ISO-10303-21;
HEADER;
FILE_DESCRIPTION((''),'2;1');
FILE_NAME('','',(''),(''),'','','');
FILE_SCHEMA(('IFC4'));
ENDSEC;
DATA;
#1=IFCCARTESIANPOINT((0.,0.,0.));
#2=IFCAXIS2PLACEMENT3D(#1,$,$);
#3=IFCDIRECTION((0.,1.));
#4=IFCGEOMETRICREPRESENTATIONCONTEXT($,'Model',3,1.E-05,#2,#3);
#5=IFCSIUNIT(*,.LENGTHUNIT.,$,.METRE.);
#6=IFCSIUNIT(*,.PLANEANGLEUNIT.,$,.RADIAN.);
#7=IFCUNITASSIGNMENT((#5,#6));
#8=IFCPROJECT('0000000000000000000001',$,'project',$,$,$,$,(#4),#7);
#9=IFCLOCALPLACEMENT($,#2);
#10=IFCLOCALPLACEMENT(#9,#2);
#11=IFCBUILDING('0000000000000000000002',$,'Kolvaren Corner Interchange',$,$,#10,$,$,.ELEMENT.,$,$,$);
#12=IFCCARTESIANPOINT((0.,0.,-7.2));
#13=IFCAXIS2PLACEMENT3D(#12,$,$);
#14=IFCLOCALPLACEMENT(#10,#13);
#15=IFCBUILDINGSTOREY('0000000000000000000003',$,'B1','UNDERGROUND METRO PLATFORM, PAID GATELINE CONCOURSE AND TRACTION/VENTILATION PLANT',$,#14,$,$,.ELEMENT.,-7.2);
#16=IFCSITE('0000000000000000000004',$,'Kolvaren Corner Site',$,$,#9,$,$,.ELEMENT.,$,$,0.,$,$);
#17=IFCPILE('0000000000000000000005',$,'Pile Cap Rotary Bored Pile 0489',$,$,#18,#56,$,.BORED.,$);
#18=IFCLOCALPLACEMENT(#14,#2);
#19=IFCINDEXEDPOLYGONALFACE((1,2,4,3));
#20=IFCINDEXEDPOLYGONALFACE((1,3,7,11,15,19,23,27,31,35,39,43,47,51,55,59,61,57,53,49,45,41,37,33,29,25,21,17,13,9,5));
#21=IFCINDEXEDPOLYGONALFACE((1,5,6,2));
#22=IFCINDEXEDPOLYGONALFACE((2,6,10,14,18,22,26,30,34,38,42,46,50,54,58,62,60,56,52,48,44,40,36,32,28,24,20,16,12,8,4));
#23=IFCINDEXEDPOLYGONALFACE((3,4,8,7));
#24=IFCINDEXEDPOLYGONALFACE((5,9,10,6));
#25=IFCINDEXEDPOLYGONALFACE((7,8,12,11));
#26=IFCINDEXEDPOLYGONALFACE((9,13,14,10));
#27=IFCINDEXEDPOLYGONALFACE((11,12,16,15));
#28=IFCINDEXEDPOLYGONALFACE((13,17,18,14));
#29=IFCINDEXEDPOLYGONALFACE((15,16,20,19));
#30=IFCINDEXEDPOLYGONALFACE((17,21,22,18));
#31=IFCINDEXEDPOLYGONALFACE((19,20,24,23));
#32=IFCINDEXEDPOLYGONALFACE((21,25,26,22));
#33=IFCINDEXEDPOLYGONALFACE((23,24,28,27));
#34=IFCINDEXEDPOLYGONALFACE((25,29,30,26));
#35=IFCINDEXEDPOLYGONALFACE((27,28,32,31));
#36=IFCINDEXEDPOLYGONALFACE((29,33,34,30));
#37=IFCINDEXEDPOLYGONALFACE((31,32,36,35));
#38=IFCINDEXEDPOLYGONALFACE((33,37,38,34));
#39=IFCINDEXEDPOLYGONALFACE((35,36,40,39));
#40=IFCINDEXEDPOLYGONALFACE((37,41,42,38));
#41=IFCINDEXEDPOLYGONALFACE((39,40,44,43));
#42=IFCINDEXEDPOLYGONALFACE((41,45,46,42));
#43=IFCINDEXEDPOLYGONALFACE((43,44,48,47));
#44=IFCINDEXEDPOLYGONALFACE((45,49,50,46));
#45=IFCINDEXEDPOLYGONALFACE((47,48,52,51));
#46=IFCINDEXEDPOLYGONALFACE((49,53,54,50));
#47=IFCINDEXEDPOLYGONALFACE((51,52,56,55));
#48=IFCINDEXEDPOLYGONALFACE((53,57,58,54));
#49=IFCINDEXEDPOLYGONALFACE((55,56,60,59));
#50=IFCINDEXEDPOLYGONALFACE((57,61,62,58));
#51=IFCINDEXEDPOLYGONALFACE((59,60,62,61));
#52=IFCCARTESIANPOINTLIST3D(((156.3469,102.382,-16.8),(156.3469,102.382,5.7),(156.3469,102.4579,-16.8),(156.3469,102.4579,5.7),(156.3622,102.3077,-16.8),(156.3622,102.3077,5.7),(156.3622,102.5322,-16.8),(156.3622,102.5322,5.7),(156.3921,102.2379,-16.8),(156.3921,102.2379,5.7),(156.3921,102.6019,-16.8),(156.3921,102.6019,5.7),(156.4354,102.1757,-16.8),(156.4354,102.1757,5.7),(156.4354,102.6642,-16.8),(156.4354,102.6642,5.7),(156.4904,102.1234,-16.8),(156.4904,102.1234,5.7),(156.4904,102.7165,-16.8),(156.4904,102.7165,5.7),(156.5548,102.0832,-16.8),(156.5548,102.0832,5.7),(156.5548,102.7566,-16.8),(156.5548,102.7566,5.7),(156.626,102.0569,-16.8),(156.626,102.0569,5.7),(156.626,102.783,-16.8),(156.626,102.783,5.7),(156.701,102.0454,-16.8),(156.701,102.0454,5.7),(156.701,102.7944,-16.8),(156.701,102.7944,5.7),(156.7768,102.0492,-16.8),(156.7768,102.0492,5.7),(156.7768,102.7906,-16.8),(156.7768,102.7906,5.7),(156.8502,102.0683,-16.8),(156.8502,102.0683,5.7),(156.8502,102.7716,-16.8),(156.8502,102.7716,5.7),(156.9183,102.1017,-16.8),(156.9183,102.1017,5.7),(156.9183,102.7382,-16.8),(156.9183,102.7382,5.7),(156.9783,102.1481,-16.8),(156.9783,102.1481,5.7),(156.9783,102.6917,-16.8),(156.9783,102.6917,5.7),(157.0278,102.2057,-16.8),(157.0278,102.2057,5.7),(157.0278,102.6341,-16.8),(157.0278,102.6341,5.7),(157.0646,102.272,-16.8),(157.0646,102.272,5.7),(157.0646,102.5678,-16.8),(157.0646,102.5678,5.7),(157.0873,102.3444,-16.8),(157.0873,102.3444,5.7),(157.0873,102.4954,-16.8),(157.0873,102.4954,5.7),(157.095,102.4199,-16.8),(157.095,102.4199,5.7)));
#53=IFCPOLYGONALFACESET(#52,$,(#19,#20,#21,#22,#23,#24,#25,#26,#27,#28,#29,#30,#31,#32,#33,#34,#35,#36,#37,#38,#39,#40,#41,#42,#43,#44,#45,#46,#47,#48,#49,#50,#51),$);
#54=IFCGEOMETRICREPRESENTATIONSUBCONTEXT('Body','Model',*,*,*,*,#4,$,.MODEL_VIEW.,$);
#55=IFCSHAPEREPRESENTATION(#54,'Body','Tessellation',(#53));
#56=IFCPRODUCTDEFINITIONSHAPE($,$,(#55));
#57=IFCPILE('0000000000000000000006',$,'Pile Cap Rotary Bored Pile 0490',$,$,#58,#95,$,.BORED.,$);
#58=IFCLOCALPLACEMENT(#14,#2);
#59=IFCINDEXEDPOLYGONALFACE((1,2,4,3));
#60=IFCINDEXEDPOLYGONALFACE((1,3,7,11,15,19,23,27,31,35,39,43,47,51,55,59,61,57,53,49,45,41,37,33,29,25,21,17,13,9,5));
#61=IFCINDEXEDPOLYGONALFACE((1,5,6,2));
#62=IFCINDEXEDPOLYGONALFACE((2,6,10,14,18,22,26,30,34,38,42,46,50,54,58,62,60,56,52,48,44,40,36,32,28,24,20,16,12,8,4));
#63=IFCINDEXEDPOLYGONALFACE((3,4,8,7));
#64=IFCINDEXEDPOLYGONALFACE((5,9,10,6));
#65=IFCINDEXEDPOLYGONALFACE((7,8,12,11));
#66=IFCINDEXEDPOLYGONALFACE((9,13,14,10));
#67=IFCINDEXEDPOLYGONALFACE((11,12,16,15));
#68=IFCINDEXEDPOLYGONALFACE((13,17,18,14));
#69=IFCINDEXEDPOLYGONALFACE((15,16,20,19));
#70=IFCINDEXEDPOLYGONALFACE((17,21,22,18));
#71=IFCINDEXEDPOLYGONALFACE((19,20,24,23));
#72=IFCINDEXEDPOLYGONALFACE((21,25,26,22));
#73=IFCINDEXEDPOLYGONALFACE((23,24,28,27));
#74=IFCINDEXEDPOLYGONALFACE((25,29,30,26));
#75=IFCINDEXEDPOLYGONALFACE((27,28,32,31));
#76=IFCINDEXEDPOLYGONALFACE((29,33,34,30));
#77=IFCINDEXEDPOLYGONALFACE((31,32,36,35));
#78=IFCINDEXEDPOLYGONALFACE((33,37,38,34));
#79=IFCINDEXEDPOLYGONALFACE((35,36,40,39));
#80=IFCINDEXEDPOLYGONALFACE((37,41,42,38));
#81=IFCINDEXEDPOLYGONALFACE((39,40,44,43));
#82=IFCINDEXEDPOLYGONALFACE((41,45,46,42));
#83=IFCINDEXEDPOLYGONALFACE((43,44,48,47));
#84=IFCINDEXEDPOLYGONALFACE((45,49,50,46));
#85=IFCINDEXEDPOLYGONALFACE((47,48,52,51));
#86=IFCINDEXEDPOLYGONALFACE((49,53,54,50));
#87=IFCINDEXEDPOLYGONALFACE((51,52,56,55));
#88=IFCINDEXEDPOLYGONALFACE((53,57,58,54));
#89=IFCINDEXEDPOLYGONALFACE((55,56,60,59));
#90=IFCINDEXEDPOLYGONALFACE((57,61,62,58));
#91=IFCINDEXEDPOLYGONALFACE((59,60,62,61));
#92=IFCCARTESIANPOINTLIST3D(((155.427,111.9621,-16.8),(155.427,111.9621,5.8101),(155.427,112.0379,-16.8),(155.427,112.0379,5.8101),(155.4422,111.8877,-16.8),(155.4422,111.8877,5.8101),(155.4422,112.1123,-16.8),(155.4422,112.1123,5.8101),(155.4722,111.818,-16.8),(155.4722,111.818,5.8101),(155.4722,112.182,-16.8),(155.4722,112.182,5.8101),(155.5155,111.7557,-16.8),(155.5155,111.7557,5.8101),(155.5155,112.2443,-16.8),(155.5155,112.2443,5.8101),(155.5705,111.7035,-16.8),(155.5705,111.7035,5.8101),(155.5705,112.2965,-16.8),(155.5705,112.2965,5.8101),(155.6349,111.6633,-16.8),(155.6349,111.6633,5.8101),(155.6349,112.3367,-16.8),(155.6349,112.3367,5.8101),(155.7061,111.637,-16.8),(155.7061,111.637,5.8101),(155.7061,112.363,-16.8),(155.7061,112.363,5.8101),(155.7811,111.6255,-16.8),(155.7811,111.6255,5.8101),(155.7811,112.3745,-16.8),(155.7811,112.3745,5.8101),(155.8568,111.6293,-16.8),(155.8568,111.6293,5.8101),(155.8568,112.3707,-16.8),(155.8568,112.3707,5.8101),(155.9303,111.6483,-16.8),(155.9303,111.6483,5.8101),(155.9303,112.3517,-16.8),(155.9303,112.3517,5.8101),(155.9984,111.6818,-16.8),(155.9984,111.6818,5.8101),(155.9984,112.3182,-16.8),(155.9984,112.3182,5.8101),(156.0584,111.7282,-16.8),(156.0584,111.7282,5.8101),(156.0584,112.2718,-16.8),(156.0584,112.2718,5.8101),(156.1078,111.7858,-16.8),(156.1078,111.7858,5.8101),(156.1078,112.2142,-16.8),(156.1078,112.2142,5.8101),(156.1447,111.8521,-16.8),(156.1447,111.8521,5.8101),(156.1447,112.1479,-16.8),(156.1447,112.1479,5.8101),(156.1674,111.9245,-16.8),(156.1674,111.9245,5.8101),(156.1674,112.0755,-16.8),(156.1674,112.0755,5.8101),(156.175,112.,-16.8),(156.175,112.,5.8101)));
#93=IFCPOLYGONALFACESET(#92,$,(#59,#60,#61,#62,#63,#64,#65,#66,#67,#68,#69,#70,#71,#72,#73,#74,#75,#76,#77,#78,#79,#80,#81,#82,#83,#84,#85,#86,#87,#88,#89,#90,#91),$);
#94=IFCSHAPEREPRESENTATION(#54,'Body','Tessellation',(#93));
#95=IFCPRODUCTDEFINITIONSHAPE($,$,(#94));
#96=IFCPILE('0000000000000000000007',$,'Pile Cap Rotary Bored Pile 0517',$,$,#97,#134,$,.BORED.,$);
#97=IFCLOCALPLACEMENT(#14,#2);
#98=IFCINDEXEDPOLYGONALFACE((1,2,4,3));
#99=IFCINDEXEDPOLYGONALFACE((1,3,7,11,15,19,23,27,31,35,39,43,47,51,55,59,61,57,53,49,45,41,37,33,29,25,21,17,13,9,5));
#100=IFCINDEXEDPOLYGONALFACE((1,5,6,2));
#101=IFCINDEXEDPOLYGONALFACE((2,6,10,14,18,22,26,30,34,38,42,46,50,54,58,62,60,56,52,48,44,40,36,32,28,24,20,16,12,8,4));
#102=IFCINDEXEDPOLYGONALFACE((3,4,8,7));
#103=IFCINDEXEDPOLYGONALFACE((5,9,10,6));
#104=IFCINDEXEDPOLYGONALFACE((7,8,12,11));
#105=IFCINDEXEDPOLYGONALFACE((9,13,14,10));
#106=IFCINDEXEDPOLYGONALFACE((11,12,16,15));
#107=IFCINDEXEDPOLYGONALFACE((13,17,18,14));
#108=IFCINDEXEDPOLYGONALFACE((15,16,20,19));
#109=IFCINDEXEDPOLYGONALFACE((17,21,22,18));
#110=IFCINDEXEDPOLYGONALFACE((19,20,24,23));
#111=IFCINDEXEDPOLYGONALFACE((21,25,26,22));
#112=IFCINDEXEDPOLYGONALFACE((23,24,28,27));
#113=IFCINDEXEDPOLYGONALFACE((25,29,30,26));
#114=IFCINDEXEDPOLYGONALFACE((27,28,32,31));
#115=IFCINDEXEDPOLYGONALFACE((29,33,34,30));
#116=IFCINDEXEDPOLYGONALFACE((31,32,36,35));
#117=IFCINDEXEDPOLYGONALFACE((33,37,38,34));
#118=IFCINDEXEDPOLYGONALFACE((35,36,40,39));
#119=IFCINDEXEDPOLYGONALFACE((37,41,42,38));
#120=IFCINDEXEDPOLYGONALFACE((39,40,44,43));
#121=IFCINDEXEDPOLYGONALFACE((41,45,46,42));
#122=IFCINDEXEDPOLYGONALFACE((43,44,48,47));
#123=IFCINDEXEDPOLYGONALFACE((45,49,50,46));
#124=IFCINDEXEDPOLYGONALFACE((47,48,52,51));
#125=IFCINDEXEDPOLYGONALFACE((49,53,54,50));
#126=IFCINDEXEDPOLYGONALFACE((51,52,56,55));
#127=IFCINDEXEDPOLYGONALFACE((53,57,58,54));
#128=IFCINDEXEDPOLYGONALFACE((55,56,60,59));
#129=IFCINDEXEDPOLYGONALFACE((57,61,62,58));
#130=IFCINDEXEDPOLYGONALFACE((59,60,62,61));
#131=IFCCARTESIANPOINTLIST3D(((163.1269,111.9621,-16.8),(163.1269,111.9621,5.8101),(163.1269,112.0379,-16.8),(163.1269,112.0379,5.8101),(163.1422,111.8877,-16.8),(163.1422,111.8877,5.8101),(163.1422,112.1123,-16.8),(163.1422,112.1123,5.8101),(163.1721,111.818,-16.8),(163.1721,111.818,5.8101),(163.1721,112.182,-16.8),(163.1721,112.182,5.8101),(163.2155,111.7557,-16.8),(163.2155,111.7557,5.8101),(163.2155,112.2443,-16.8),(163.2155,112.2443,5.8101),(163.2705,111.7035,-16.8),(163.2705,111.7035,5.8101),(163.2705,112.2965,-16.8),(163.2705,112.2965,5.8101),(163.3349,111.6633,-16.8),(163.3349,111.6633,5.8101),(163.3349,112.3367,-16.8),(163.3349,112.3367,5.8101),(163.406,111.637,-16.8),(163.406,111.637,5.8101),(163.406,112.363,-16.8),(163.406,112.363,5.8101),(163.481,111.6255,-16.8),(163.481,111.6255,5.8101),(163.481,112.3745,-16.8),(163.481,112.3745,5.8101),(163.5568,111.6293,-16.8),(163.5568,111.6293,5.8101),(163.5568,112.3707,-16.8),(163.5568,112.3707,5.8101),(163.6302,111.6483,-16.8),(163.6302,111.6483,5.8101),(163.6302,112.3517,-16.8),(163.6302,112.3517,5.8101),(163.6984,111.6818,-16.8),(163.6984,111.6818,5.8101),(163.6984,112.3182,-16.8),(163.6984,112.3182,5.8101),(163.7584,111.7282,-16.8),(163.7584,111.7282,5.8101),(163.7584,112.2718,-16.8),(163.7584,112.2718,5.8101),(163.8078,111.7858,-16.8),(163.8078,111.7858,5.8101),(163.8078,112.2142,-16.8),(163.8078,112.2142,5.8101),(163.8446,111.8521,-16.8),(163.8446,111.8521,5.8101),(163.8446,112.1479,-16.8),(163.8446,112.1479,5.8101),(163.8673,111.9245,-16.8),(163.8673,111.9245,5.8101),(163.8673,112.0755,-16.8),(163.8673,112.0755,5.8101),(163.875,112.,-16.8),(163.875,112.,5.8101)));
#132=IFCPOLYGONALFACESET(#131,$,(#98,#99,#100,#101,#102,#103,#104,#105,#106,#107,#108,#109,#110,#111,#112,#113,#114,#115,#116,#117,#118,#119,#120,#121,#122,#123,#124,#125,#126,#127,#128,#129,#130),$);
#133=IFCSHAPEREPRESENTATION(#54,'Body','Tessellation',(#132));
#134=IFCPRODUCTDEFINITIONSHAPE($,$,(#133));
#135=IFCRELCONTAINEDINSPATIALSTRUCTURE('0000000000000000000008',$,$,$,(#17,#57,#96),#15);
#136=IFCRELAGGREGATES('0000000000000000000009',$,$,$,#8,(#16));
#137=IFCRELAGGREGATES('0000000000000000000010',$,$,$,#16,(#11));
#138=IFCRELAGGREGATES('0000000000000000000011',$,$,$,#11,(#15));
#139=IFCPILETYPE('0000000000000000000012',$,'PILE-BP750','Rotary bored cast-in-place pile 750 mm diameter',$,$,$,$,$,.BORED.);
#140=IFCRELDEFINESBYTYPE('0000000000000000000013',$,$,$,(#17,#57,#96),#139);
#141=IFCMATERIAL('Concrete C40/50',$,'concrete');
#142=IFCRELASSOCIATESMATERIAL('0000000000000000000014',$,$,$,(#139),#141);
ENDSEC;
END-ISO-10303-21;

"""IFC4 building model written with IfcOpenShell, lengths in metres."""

from ifc_helpers import new_model, si_unit, direction, frame, origin, origin_2d, place, context, subcontext, project, spatial, circle, extrude, material, material_profile, profile_set, type_object, element, save


model = new_model("IFC4")

# Units and contexts
model_context = context("Model", 3, precision=1e-05, world=origin(), true_north=direction((0.0, 1.0)))
body_context = subcontext(model_context, "Body", "Model", "MODEL_VIEW")
ifc_project = project(units=[si_unit("LENGTHUNIT", "METRE"), si_unit("PLANEANGLEUNIT", "RADIAN")], contexts=[model_context])

# Site, building, storey
site_placement = place(None, origin())
site = spatial("IfcSite", under=ifc_project, at=site_placement, Name="Kolvaren Corner Site", CompositionType="ELEMENT", RefElevation=0.0)
building_placement = place(site_placement, origin())
building = spatial("IfcBuilding", under=site, at=building_placement, Name="Kolvaren Corner Interchange", CompositionType="ELEMENT")
storey_placement = place(building_placement, frame((0.0, 0.0, -7.2)))
storey = spatial("IfcBuildingStorey", under=building, at=storey_placement, Name="B1", Description="UNDERGROUND METRO PLATFORM, PAID GATELINE CONCOURSE AND TRACTION/VENTILATION PLANT", CompositionType="ELEMENT", Elevation=-7.2)

# Piles
ifc_material_1 = material(Name="Concrete C40/50", Category="concrete")
ifc_material_profile_1 = material_profile(ifc_material_1, circle(Radius=0.375, at=origin_2d()), Name="BORED PILE 750")
ifc_profile_set_1 = profile_set([ifc_material_profile_1], Name="Concrete C40/50")
pile_type_1 = type_object("IfcPileType", Name="PILE-BP750", Description="Rotary bored cast-in-place pile 750 mm diameter", PredefinedType="BORED", material=ifc_profile_set_1)
for number, where, z_axis, x_axis, name in (
    (1, (156.72, 102.4199, 5.7), (0.0, 0.0, -1.0), (1.0, 0.0, 0.0), "Pile Cap Rotary Bored Pile 0489"),
):
    element("IfcPile", number, at=place(storey_placement, frame(where, z_axis=z_axis, x_axis=x_axis)), inside=storey, type_object=pile_type_1, Name=name, PredefinedType="BORED", context=body_context, shape_type="SweptSolid", body=[
        extrude(circle(Radius=0.375, at=origin_2d()), origin(), (0.0, 0.0, 1.0), 22.5),
    ])
for number, where, z_axis, x_axis, name in (
    (2, (155.8, 112.0, 5.8101), (0.0, 0.0, -1.0), (1.0, 0.0, 0.0), "Pile Cap Rotary Bored Pile 0490"),
    (3, (163.5, 112.0, 5.8101), (0.0, 0.0, -1.0), (1.0, 0.0, 0.0), "Pile Cap Rotary Bored Pile 0517"),
):
    element("IfcPile", number, at=place(storey_placement, frame(where, z_axis=z_axis, x_axis=x_axis)), inside=storey, type_object=pile_type_1, Name=name, PredefinedType="BORED", context=body_context, shape_type="SweptSolid", body=[
        extrude(circle(Radius=0.375, at=origin_2d()), origin(), (0.0, 0.0, 1.0), 22.6101),
    ])

save(model, "model.ifc")
